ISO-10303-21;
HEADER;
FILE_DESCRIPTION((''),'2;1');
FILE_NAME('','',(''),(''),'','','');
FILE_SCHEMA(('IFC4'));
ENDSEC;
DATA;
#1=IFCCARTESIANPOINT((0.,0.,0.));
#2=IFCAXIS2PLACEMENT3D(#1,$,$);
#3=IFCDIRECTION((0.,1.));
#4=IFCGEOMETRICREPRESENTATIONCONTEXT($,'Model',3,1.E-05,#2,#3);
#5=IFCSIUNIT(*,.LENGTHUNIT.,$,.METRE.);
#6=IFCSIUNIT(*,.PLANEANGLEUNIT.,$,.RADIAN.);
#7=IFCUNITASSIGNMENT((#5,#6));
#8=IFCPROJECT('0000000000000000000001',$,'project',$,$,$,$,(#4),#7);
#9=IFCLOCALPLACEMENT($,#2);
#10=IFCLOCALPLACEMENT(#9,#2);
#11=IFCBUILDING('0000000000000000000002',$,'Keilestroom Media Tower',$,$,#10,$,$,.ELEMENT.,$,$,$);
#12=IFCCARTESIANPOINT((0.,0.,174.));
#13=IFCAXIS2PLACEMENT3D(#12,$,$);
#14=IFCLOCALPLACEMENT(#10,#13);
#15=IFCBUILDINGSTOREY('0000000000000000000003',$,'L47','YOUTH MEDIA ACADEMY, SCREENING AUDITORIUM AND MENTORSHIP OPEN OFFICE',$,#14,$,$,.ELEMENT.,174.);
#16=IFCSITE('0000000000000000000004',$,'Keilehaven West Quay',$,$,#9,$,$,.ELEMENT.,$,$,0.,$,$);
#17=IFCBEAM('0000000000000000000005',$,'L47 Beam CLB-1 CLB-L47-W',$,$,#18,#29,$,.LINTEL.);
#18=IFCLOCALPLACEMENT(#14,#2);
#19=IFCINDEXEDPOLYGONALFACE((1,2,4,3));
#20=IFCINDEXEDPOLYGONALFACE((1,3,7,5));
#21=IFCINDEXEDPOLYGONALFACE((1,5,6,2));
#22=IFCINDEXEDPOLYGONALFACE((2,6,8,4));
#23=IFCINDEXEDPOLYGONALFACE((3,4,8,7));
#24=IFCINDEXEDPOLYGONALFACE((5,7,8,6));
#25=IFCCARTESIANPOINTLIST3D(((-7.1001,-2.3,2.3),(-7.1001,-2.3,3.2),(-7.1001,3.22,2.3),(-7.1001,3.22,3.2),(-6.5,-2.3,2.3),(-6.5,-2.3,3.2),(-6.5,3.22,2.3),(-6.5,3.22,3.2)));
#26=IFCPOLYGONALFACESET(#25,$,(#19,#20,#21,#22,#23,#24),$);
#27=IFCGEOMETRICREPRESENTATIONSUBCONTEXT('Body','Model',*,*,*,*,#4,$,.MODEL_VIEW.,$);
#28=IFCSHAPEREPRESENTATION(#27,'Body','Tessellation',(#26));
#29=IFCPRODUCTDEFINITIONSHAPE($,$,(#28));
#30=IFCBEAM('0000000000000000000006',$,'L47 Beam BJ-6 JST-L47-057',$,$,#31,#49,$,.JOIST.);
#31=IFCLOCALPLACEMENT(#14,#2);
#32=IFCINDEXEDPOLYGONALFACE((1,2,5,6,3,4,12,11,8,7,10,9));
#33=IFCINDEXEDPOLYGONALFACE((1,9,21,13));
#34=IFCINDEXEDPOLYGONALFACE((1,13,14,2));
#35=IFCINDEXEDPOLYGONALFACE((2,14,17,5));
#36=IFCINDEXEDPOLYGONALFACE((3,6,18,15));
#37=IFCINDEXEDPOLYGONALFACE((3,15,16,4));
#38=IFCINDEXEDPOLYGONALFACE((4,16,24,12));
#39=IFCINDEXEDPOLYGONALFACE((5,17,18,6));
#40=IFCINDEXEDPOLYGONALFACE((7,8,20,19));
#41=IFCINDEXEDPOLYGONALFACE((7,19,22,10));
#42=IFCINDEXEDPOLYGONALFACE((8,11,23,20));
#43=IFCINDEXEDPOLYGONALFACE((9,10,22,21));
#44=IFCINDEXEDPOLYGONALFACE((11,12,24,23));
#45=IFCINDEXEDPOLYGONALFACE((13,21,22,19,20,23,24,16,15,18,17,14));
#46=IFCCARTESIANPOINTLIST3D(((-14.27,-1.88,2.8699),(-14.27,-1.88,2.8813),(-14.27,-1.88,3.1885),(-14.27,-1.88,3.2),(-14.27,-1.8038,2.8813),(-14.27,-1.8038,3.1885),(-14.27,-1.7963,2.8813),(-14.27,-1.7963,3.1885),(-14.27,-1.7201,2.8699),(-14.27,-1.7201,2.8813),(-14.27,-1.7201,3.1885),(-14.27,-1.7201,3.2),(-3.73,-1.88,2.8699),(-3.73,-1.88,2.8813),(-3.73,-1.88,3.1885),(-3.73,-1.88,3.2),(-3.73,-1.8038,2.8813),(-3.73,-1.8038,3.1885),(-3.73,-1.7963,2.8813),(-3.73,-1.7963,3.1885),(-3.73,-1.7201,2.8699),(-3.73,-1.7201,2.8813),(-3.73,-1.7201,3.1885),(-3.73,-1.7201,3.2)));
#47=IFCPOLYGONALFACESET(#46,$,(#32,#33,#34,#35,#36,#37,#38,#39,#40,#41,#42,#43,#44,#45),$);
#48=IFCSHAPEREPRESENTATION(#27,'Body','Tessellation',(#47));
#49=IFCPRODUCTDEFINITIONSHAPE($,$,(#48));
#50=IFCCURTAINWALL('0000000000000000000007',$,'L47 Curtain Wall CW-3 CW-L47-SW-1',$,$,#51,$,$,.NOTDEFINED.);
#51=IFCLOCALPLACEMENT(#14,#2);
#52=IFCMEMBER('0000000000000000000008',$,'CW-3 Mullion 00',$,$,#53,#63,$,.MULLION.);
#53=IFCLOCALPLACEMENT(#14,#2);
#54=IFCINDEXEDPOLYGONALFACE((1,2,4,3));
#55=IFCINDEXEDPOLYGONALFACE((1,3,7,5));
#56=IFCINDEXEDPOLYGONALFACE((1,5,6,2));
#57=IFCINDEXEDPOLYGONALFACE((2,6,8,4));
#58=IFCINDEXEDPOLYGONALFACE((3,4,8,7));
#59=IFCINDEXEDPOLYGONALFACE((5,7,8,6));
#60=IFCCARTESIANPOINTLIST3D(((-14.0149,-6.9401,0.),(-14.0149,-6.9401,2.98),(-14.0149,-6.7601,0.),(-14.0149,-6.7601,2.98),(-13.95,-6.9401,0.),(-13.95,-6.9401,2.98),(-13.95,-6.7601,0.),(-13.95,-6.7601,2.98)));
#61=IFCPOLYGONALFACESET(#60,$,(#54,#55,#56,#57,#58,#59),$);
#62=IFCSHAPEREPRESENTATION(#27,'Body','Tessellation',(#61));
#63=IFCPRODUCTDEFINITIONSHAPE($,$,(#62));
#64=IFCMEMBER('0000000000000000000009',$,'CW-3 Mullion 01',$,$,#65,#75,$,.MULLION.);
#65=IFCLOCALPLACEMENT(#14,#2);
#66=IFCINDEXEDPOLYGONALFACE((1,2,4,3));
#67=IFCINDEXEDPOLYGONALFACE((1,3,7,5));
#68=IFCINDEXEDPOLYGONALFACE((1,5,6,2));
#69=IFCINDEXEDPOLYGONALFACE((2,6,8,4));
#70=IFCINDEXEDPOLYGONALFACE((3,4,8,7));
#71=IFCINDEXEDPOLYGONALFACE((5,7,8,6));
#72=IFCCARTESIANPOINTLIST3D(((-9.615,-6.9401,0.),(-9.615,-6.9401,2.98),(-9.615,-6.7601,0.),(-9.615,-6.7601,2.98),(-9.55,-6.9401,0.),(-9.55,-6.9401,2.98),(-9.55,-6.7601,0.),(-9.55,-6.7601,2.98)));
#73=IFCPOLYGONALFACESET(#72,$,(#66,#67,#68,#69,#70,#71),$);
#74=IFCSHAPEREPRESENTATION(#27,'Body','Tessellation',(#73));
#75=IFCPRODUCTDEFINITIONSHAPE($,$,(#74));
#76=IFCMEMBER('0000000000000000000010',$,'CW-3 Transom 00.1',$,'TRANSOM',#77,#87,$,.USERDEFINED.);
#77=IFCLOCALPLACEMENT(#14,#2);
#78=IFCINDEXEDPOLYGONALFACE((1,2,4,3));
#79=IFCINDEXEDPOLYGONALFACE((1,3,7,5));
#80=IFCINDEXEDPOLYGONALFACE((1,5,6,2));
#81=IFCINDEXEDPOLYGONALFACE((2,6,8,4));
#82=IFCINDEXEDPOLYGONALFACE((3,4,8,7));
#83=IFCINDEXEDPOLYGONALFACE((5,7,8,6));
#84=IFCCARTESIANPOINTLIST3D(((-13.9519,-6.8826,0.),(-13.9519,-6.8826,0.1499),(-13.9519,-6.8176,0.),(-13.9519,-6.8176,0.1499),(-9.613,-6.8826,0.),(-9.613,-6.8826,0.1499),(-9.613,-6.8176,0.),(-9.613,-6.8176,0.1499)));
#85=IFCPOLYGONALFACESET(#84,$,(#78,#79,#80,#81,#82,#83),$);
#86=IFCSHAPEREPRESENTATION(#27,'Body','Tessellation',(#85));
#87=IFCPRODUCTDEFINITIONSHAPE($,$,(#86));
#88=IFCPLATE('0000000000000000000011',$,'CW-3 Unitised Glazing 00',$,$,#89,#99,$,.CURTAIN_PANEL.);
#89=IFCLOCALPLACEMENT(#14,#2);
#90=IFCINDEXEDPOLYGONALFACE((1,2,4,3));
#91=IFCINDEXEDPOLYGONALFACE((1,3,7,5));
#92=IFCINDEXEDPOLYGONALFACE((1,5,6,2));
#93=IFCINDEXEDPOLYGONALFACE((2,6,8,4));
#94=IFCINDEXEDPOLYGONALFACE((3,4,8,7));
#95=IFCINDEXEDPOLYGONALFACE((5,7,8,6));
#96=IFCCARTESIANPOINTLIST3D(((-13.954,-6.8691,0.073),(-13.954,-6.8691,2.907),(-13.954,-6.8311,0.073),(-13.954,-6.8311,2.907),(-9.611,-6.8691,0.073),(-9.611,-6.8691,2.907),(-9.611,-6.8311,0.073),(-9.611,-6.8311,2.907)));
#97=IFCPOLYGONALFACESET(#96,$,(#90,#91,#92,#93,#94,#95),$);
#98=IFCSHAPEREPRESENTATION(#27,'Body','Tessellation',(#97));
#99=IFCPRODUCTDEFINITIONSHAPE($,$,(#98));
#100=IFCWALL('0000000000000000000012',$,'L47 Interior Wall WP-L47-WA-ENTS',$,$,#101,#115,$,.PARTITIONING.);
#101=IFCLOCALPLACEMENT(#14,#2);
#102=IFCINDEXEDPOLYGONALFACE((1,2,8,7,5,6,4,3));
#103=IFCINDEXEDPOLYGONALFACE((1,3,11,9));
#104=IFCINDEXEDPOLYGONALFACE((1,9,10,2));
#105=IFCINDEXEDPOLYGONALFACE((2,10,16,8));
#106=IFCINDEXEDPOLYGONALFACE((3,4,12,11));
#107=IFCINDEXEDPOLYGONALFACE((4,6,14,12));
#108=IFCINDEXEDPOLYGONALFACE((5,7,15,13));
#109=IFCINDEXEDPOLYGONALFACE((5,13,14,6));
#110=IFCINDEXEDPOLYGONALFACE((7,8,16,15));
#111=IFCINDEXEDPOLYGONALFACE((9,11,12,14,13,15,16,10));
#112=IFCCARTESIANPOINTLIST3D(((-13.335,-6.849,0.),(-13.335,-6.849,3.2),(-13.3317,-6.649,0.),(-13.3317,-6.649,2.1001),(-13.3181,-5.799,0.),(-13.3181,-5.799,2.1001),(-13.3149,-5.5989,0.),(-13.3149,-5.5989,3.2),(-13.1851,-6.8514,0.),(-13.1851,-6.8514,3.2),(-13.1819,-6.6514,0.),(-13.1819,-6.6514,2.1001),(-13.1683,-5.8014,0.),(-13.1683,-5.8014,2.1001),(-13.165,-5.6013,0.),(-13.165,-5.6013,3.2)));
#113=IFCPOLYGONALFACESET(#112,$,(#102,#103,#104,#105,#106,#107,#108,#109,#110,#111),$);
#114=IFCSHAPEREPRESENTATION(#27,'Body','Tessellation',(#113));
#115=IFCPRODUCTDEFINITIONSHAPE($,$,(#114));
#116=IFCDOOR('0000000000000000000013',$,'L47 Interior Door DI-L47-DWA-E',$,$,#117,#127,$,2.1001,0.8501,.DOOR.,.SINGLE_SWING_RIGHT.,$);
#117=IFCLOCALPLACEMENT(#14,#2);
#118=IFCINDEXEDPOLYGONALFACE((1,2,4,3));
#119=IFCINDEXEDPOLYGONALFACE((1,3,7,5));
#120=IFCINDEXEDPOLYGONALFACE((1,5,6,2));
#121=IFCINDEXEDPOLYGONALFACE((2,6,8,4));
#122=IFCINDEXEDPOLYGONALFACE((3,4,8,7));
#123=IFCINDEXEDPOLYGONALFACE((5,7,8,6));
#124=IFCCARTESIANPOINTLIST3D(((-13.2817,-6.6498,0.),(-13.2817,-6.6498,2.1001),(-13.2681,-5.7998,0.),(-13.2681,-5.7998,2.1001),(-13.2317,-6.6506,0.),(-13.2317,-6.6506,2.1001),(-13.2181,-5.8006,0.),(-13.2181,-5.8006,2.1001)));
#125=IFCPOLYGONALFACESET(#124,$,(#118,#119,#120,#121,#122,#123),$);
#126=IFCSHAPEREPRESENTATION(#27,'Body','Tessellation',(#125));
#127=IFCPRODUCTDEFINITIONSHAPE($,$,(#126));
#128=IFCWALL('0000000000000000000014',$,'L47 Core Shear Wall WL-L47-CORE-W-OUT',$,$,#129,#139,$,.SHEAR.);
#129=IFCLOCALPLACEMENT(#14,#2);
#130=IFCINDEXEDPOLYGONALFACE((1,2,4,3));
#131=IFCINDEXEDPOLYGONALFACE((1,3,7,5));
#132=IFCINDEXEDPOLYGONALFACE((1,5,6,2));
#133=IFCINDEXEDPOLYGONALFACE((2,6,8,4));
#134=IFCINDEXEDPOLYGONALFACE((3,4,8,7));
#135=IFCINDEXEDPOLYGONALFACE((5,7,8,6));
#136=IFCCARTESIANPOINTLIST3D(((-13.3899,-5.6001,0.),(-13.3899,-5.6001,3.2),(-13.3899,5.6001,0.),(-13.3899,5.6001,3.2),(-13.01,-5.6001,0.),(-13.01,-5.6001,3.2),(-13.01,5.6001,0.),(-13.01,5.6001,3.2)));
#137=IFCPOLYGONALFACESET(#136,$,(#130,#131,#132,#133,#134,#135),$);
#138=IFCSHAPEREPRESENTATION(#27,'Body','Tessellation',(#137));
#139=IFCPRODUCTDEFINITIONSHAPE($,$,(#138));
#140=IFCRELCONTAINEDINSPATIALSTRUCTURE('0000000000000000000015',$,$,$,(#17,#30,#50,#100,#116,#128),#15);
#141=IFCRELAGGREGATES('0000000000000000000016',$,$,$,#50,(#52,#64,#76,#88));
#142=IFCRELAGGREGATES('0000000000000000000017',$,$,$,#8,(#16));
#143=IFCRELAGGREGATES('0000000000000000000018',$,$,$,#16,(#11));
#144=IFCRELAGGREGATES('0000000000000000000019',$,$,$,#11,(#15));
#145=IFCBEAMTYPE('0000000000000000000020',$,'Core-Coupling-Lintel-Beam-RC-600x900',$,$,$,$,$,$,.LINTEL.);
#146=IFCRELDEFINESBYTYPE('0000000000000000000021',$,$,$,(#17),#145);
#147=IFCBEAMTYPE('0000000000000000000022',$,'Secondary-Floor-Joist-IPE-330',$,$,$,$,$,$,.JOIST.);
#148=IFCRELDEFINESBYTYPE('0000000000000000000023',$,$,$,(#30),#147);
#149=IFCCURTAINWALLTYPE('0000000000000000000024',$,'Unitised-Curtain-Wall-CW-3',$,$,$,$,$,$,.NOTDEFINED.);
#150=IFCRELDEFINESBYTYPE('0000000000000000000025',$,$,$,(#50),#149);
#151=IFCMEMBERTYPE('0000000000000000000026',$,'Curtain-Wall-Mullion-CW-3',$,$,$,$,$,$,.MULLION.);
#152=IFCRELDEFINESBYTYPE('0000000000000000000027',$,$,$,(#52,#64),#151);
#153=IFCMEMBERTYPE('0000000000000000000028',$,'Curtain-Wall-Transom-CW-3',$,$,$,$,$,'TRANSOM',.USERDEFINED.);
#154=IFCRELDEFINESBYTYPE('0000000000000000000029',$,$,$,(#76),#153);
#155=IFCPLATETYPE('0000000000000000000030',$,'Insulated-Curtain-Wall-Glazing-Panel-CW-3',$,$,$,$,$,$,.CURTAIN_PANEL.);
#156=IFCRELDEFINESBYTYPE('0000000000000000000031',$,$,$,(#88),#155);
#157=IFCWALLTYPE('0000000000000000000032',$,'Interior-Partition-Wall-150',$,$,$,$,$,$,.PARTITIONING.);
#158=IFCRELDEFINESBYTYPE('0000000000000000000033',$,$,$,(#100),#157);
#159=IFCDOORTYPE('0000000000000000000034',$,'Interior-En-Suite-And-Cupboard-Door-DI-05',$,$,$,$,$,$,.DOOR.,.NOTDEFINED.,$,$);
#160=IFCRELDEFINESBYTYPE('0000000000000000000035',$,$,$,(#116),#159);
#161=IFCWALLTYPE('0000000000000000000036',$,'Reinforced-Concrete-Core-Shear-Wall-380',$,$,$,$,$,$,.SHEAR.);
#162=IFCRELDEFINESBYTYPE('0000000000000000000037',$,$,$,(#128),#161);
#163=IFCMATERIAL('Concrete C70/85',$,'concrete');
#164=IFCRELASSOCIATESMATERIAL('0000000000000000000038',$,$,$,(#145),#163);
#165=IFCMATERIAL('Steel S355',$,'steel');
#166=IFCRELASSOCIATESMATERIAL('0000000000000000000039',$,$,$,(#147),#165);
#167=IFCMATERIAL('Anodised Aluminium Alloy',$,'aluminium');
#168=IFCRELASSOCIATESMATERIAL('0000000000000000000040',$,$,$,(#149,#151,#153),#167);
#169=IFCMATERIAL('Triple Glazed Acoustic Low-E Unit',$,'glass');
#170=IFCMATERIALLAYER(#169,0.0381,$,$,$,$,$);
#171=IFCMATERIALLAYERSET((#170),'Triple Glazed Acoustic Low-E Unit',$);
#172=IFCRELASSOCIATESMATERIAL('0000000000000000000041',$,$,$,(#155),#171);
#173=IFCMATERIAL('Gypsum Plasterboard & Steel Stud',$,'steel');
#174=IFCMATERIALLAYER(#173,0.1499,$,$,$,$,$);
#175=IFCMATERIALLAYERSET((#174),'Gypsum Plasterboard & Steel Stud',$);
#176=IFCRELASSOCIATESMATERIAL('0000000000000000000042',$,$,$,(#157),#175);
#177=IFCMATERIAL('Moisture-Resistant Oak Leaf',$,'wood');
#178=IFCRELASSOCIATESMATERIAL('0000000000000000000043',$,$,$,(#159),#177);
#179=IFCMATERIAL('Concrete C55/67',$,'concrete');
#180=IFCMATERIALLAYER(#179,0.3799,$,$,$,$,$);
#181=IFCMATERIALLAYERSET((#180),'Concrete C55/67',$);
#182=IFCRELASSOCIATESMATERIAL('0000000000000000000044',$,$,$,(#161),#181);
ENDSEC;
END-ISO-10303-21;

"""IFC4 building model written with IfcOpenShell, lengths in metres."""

from ifc_helpers import new_model, si_unit, direction, frame, frame_2d, origin, origin_2d, place, context, subcontext, project, spatial, rectangle, i_section, extrude, source, transform, mapped, material, layer, layer_set, material_profile, profile_set, type_object, element, fill, aggregate, save


model = new_model("IFC4")

# Units and contexts
model_context = context("Model", 3, precision=1e-05, world=origin(), true_north=direction((0.0, 1.0)))
body_context = subcontext(model_context, "Body", "Model", "MODEL_VIEW")
ifc_project = project(units=[si_unit("LENGTHUNIT", "METRE"), si_unit("PLANEANGLEUNIT", "RADIAN")], contexts=[model_context])

# Site, building, storey
site_placement = place(None, origin())
site = spatial("IfcSite", under=ifc_project, at=site_placement, Name="Keilehaven West Quay", CompositionType="ELEMENT", RefElevation=0.0)
building_placement = place(site_placement, origin())
building = spatial("IfcBuilding", under=site, at=building_placement, Name="Keilestroom Media Tower", CompositionType="ELEMENT")
storey_placement = place(building_placement, frame((0.0, 0.0, 174.0)))
storey = spatial("IfcBuildingStorey", under=building, at=storey_placement, Name="L47", Description="YOUTH MEDIA ACADEMY, SCREENING AUDITORIUM AND MENTORSHIP OPEN OFFICE", CompositionType="ELEMENT", Elevation=174.0)

# Beams
ifc_material_1 = material(Name="Concrete C70/85", Category="concrete")
ifc_material_profile_1 = material_profile(ifc_material_1, rectangle(XDim=0.6001, YDim=0.8999, at=origin_2d()), Name="RC 600x900")
ifc_profile_set_1 = profile_set([ifc_material_profile_1], Name="Concrete C70/85")
beam_type_1 = type_object("IfcBeamType", Name="Core-Coupling-Lintel-Beam-RC-600x900", PredefinedType="LINTEL", material=ifc_profile_set_1)
shared_shape_1 = source(origin(), body_context, "Body", "SweptSolid", [
    extrude(rectangle(XDim=0.6001, YDim=0.8999, at=origin_2d()), origin(), (0.0, 0.0, 1.0), 5.52),
])
beam_1_placement = place(storey_placement, frame((-6.8, -2.3, 2.75), z_axis=(0.0, 1.0, 0.0), x_axis=(-1.0, 0.0, 0.0)))
element("IfcBeam", 1, at=beam_1_placement, inside=storey, type_object=beam_type_1, Name="L47 Beam CLB-1 CLB-L47-W", PredefinedType="LINTEL", context=body_context, shape_type="MappedRepresentation", body=[
    mapped(shared_shape_1, transform((0.0, 0.0, 0.0), x_axis=(1.0, 0.0, 0.0), y_axis=(0.0, 1.0, 0.0), z_axis=(0.0, 0.0, 1.0), scale=1.0)),
])
ifc_material_2 = material(Name="Steel S355", Category="steel")
ifc_material_profile_2 = material_profile(ifc_material_2, i_section(OverallWidth=0.1599, OverallDepth=0.3301, WebThickness=0.0076, FlangeThickness=0.0115, at=origin_2d()), Name="IPE 330")
ifc_profile_set_2 = profile_set([ifc_material_profile_2], Name="Steel S355")
beam_type_2 = type_object("IfcBeamType", Name="Secondary-Floor-Joist-IPE-330", PredefinedType="JOIST", material=ifc_profile_set_2)
shared_shape_2 = source(origin(), body_context, "Body", "SweptSolid", [
    extrude(i_section(OverallWidth=0.1599, OverallDepth=0.3301, WebThickness=0.0076, FlangeThickness=0.0115, at=origin_2d()), origin(), (0.0, 0.0, 1.0), 10.54),
])
beam_2_placement = place(storey_placement, frame((-14.27, -1.8, 3.0349), z_axis=(1.0, 0.0, 0.0), x_axis=(0.0, 1.0, 0.0)))
element("IfcBeam", 2, at=beam_2_placement, inside=storey, type_object=beam_type_2, Name="L47 Beam BJ-6 JST-L47-057", PredefinedType="JOIST", context=body_context, shape_type="MappedRepresentation", body=[
    mapped(shared_shape_2, transform((0.0, 0.0, 0.0), x_axis=(1.0, 0.0, 0.0), y_axis=(0.0, 1.0, 0.0), z_axis=(0.0, 0.0, 1.0), scale=1.0)),
])

# Curtain wall, members, plate
ifc_material_3 = material(Name="Anodised Aluminium Alloy", Category="aluminium")
curtain_wall_type = type_object("IfcCurtainWallType", Name="Unitised-Curtain-Wall-CW-3", PredefinedType="NOTDEFINED", material=ifc_material_3)
curtain_wall_placement = place(storey_placement, origin())
curtain_wall = element("IfcCurtainWall", 3, at=curtain_wall_placement, inside=storey, type_object=curtain_wall_type, Name="L47 Curtain Wall CW-3 CW-L47-SW-1", PredefinedType="NOTDEFINED")
ifc_material_profile_3 = material_profile(ifc_material_3, rectangle(XDim=0.0649, YDim=0.1799, at=origin_2d()), Name="ALU MULLION 65x180")
ifc_profile_set_3 = profile_set([ifc_material_profile_3], Name="Anodised Aluminium Alloy")
member_type_1 = type_object("IfcMemberType", Name="Curtain-Wall-Mullion-CW-3", PredefinedType="MULLION", material=ifc_profile_set_3)
shared_shape_3 = source(origin(), body_context, "Body", "SweptSolid", [
    extrude(rectangle(XDim=0.0649, YDim=0.1799, at=origin_2d()), origin(), (0.0, 0.0, 1.0), 2.98),
])
member_1_placement = place(storey_placement, frame((-13.9824, -6.8501, 0.0), z_axis=(0.0, 0.0, 1.0), x_axis=(1.0, 0.0, 0.0)))
member_1 = element("IfcMember", 4, at=member_1_placement, type_object=member_type_1, Name="CW-3 Mullion 00", PredefinedType="MULLION", context=body_context, shape_type="MappedRepresentation", body=[
    mapped(shared_shape_3, transform((0.0, 0.0, 0.0), x_axis=(1.0, 0.0, 0.0), y_axis=(0.0, 1.0, 0.0), z_axis=(0.0, 0.0, 1.0), scale=1.0)),
])
member_2_placement = place(storey_placement, frame((-9.5825, -6.8501, 0.0), z_axis=(0.0, 0.0, 1.0), x_axis=(1.0, 0.0, 0.0)))
member_2 = element("IfcMember", 5, at=member_2_placement, type_object=member_type_1, Name="CW-3 Mullion 01", PredefinedType="MULLION", context=body_context, shape_type="MappedRepresentation", body=[
    mapped(shared_shape_3, transform((0.0, 0.0, 0.0), x_axis=(1.0, 0.0, 0.0), y_axis=(0.0, 1.0, 0.0), z_axis=(0.0, 0.0, 1.0), scale=1.0)),
])
ifc_material_profile_4 = material_profile(ifc_material_3, rectangle(XDim=0.0649, YDim=0.1499, at=origin_2d()), Name="ALU TRANSOM 65x150")
ifc_profile_set_4 = profile_set([ifc_material_profile_4], Name="Anodised Aluminium Alloy")
member_type_2 = type_object("IfcMemberType", Name="Curtain-Wall-Transom-CW-3", ElementType="TRANSOM", PredefinedType="USERDEFINED", material=ifc_profile_set_4)
shared_shape_4 = source(origin(), body_context, "Body", "SweptSolid", [
    extrude(rectangle(XDim=0.0649, YDim=0.1499, at=origin_2d()), origin(), (0.0, 0.0, 1.0), 4.3389),
])
member_3_placement = place(storey_placement, frame((-13.9519, -6.8501, 0.075), z_axis=(1.0, 0.0, 0.0), x_axis=(0.0, 1.0, 0.0)))
member_3 = element("IfcMember", 6, at=member_3_placement, type_object=member_type_2, Name="CW-3 Transom 00.1", ObjectType="TRANSOM", PredefinedType="USERDEFINED", context=body_context, shape_type="MappedRepresentation", body=[
    mapped(shared_shape_4, transform((0.0, 0.0, 0.0), x_axis=(1.0, 0.0, 0.0), y_axis=(0.0, 1.0, 0.0), z_axis=(0.0, 0.0, 1.0), scale=1.0)),
])
ifc_material_4 = material(Name="Triple Glazed Acoustic Low-E Unit", Category="glass")
ifc_layer_1 = layer(ifc_material_4, 0.0381)
ifc_layer_set_1 = layer_set([ifc_layer_1], Name="Triple Glazed Acoustic Low-E Unit")
plate_type = type_object("IfcPlateType", Name="Insulated-Curtain-Wall-Glazing-Panel-CW-3", PredefinedType="CURTAIN_PANEL", material=ifc_layer_set_1)
shared_shape_5 = source(origin(), body_context, "Body", "SweptSolid", [
    extrude(rectangle(XDim=4.343, YDim=0.0381, at=origin_2d()), origin(), (0.0, 0.0, 1.0), 2.834),
])
plate_placement = place(storey_placement, frame((-11.7825, -6.8501, 0.073), z_axis=(0.0, 0.0, 1.0), x_axis=(1.0, 0.0, 0.0)))
plate = element("IfcPlate", 7, at=plate_placement, type_object=plate_type, Name="CW-3 Unitised Glazing 00", PredefinedType="CURTAIN_PANEL", context=body_context, shape_type="MappedRepresentation", body=[
    mapped(shared_shape_5, transform((0.0, 0.0, 0.0), x_axis=(1.0, 0.0, 0.0), y_axis=(0.0, 1.0, 0.0), z_axis=(0.0, 0.0, 1.0), scale=1.0)),
])
aggregate(curtain_wall, [member_1, member_2, member_3, plate])

# Wall, opening, door
ifc_material_5 = material(Name="Gypsum Plasterboard & Steel Stud", Category="steel")
ifc_layer_2 = layer(ifc_material_5, 0.1499)
ifc_layer_set_2 = layer_set([ifc_layer_2], Name="Gypsum Plasterboard & Steel Stud")
wall_type_1 = type_object("IfcWallType", Name="Interior-Partition-Wall-150", PredefinedType="PARTITIONING", material=ifc_layer_set_2)
wall_1_placement = place(storey_placement, frame((-13.26, -6.8501, 0.0), z_axis=(0.0, 0.0, 1.0), x_axis=(0.016014, 0.999872, 0.0)))
wall_1 = element("IfcWall", 8, at=wall_1_placement, inside=storey, type_object=wall_type_1, Name="L47 Interior Wall WP-L47-WA-ENTS", PredefinedType="PARTITIONING", context=body_context, shape_type="SweptSolid", body=[
    extrude(rectangle(XDim=1.2502, YDim=0.1499, at=frame_2d((0.625, 0.0))), origin(), (0.0, 0.0, 1.0), 3.2),
])
opening_1_placement = place(wall_1_placement, frame((0.2, 0.0, 0.0)))
opening_1 = element("IfcOpeningElement", 9, at=opening_1_placement, cuts=wall_1, PredefinedType="OPENING", context=body_context, shape_type="SweptSolid", body=[
    extrude(rectangle(XDim=0.8501, YDim=2.1001, at=frame_2d((0.425, 1.05))), frame((0.0, 0.085, 0.0), z_axis=(0.0, -1.0, 0.0), x_axis=(1.0, 0.0, 0.0)), (0.0, 0.0, 1.0), 0.1699),
])
ifc_material_6 = material(Name="Moisture-Resistant Oak Leaf", Category="wood")
door_type_1 = type_object("IfcDoorType", Name="Interior-En-Suite-And-Cupboard-Door-DI-05", OperationType="NOTDEFINED", PredefinedType="DOOR", material=ifc_material_6)
shared_shape_6 = source(origin(), body_context, "Body", "SweptSolid", [
    extrude(rectangle(XDim=0.8501, YDim=2.1001, at=frame_2d((0.425, 1.05))), frame((0.0, 0.0249, 0.0), z_axis=(0.0, -1.0, 0.0), x_axis=(1.0, 0.0, 0.0)), (0.0, 0.0, 1.0), 0.05),
])
door_1_placement = place(opening_1_placement, origin())
door_1 = element("IfcDoor", 10, at=door_1_placement, inside=storey, type_object=door_type_1, Name="L47 Interior Door DI-L47-DWA-E", OperationType="SINGLE_SWING_RIGHT", OverallHeight=2.1001, OverallWidth=0.8501, PredefinedType="DOOR", context=body_context, shape_type="MappedRepresentation", body=[
    mapped(shared_shape_6, transform((0.0, 0.0, 0.0), x_axis=(1.0, 0.0, 0.0), y_axis=(0.0, 1.0, 0.0), z_axis=(0.0, 0.0, 1.0), scale=1.0)),
])
fill(opening_1, door_1)

# Wall
ifc_material_7 = material(Name="Concrete C55/67", Category="concrete")
ifc_layer_3 = layer(ifc_material_7, 0.3799)
ifc_layer_set_3 = layer_set([ifc_layer_3], Name="Concrete C55/67")
wall_type_2 = type_object("IfcWallType", Name="Reinforced-Concrete-Core-Shear-Wall-380", PredefinedType="SHEAR", material=ifc_layer_set_3)
wall_2_placement = place(storey_placement, frame((-13.2, -5.6001, 0.0), z_axis=(0.0, 0.0, 1.0), x_axis=(0.0, 1.0, 0.0)))
element("IfcWall", 11, at=wall_2_placement, inside=storey, type_object=wall_type_2, Name="L47 Core Shear Wall WL-L47-CORE-W-OUT", PredefinedType="SHEAR", context=body_context, shape_type="SweptSolid", body=[
    extrude(rectangle(XDim=11.2002, YDim=0.3799, at=frame_2d((5.6001, 0.0))), origin(), (0.0, 0.0, 1.0), 3.2),
])

save(model, "model.ifc")
